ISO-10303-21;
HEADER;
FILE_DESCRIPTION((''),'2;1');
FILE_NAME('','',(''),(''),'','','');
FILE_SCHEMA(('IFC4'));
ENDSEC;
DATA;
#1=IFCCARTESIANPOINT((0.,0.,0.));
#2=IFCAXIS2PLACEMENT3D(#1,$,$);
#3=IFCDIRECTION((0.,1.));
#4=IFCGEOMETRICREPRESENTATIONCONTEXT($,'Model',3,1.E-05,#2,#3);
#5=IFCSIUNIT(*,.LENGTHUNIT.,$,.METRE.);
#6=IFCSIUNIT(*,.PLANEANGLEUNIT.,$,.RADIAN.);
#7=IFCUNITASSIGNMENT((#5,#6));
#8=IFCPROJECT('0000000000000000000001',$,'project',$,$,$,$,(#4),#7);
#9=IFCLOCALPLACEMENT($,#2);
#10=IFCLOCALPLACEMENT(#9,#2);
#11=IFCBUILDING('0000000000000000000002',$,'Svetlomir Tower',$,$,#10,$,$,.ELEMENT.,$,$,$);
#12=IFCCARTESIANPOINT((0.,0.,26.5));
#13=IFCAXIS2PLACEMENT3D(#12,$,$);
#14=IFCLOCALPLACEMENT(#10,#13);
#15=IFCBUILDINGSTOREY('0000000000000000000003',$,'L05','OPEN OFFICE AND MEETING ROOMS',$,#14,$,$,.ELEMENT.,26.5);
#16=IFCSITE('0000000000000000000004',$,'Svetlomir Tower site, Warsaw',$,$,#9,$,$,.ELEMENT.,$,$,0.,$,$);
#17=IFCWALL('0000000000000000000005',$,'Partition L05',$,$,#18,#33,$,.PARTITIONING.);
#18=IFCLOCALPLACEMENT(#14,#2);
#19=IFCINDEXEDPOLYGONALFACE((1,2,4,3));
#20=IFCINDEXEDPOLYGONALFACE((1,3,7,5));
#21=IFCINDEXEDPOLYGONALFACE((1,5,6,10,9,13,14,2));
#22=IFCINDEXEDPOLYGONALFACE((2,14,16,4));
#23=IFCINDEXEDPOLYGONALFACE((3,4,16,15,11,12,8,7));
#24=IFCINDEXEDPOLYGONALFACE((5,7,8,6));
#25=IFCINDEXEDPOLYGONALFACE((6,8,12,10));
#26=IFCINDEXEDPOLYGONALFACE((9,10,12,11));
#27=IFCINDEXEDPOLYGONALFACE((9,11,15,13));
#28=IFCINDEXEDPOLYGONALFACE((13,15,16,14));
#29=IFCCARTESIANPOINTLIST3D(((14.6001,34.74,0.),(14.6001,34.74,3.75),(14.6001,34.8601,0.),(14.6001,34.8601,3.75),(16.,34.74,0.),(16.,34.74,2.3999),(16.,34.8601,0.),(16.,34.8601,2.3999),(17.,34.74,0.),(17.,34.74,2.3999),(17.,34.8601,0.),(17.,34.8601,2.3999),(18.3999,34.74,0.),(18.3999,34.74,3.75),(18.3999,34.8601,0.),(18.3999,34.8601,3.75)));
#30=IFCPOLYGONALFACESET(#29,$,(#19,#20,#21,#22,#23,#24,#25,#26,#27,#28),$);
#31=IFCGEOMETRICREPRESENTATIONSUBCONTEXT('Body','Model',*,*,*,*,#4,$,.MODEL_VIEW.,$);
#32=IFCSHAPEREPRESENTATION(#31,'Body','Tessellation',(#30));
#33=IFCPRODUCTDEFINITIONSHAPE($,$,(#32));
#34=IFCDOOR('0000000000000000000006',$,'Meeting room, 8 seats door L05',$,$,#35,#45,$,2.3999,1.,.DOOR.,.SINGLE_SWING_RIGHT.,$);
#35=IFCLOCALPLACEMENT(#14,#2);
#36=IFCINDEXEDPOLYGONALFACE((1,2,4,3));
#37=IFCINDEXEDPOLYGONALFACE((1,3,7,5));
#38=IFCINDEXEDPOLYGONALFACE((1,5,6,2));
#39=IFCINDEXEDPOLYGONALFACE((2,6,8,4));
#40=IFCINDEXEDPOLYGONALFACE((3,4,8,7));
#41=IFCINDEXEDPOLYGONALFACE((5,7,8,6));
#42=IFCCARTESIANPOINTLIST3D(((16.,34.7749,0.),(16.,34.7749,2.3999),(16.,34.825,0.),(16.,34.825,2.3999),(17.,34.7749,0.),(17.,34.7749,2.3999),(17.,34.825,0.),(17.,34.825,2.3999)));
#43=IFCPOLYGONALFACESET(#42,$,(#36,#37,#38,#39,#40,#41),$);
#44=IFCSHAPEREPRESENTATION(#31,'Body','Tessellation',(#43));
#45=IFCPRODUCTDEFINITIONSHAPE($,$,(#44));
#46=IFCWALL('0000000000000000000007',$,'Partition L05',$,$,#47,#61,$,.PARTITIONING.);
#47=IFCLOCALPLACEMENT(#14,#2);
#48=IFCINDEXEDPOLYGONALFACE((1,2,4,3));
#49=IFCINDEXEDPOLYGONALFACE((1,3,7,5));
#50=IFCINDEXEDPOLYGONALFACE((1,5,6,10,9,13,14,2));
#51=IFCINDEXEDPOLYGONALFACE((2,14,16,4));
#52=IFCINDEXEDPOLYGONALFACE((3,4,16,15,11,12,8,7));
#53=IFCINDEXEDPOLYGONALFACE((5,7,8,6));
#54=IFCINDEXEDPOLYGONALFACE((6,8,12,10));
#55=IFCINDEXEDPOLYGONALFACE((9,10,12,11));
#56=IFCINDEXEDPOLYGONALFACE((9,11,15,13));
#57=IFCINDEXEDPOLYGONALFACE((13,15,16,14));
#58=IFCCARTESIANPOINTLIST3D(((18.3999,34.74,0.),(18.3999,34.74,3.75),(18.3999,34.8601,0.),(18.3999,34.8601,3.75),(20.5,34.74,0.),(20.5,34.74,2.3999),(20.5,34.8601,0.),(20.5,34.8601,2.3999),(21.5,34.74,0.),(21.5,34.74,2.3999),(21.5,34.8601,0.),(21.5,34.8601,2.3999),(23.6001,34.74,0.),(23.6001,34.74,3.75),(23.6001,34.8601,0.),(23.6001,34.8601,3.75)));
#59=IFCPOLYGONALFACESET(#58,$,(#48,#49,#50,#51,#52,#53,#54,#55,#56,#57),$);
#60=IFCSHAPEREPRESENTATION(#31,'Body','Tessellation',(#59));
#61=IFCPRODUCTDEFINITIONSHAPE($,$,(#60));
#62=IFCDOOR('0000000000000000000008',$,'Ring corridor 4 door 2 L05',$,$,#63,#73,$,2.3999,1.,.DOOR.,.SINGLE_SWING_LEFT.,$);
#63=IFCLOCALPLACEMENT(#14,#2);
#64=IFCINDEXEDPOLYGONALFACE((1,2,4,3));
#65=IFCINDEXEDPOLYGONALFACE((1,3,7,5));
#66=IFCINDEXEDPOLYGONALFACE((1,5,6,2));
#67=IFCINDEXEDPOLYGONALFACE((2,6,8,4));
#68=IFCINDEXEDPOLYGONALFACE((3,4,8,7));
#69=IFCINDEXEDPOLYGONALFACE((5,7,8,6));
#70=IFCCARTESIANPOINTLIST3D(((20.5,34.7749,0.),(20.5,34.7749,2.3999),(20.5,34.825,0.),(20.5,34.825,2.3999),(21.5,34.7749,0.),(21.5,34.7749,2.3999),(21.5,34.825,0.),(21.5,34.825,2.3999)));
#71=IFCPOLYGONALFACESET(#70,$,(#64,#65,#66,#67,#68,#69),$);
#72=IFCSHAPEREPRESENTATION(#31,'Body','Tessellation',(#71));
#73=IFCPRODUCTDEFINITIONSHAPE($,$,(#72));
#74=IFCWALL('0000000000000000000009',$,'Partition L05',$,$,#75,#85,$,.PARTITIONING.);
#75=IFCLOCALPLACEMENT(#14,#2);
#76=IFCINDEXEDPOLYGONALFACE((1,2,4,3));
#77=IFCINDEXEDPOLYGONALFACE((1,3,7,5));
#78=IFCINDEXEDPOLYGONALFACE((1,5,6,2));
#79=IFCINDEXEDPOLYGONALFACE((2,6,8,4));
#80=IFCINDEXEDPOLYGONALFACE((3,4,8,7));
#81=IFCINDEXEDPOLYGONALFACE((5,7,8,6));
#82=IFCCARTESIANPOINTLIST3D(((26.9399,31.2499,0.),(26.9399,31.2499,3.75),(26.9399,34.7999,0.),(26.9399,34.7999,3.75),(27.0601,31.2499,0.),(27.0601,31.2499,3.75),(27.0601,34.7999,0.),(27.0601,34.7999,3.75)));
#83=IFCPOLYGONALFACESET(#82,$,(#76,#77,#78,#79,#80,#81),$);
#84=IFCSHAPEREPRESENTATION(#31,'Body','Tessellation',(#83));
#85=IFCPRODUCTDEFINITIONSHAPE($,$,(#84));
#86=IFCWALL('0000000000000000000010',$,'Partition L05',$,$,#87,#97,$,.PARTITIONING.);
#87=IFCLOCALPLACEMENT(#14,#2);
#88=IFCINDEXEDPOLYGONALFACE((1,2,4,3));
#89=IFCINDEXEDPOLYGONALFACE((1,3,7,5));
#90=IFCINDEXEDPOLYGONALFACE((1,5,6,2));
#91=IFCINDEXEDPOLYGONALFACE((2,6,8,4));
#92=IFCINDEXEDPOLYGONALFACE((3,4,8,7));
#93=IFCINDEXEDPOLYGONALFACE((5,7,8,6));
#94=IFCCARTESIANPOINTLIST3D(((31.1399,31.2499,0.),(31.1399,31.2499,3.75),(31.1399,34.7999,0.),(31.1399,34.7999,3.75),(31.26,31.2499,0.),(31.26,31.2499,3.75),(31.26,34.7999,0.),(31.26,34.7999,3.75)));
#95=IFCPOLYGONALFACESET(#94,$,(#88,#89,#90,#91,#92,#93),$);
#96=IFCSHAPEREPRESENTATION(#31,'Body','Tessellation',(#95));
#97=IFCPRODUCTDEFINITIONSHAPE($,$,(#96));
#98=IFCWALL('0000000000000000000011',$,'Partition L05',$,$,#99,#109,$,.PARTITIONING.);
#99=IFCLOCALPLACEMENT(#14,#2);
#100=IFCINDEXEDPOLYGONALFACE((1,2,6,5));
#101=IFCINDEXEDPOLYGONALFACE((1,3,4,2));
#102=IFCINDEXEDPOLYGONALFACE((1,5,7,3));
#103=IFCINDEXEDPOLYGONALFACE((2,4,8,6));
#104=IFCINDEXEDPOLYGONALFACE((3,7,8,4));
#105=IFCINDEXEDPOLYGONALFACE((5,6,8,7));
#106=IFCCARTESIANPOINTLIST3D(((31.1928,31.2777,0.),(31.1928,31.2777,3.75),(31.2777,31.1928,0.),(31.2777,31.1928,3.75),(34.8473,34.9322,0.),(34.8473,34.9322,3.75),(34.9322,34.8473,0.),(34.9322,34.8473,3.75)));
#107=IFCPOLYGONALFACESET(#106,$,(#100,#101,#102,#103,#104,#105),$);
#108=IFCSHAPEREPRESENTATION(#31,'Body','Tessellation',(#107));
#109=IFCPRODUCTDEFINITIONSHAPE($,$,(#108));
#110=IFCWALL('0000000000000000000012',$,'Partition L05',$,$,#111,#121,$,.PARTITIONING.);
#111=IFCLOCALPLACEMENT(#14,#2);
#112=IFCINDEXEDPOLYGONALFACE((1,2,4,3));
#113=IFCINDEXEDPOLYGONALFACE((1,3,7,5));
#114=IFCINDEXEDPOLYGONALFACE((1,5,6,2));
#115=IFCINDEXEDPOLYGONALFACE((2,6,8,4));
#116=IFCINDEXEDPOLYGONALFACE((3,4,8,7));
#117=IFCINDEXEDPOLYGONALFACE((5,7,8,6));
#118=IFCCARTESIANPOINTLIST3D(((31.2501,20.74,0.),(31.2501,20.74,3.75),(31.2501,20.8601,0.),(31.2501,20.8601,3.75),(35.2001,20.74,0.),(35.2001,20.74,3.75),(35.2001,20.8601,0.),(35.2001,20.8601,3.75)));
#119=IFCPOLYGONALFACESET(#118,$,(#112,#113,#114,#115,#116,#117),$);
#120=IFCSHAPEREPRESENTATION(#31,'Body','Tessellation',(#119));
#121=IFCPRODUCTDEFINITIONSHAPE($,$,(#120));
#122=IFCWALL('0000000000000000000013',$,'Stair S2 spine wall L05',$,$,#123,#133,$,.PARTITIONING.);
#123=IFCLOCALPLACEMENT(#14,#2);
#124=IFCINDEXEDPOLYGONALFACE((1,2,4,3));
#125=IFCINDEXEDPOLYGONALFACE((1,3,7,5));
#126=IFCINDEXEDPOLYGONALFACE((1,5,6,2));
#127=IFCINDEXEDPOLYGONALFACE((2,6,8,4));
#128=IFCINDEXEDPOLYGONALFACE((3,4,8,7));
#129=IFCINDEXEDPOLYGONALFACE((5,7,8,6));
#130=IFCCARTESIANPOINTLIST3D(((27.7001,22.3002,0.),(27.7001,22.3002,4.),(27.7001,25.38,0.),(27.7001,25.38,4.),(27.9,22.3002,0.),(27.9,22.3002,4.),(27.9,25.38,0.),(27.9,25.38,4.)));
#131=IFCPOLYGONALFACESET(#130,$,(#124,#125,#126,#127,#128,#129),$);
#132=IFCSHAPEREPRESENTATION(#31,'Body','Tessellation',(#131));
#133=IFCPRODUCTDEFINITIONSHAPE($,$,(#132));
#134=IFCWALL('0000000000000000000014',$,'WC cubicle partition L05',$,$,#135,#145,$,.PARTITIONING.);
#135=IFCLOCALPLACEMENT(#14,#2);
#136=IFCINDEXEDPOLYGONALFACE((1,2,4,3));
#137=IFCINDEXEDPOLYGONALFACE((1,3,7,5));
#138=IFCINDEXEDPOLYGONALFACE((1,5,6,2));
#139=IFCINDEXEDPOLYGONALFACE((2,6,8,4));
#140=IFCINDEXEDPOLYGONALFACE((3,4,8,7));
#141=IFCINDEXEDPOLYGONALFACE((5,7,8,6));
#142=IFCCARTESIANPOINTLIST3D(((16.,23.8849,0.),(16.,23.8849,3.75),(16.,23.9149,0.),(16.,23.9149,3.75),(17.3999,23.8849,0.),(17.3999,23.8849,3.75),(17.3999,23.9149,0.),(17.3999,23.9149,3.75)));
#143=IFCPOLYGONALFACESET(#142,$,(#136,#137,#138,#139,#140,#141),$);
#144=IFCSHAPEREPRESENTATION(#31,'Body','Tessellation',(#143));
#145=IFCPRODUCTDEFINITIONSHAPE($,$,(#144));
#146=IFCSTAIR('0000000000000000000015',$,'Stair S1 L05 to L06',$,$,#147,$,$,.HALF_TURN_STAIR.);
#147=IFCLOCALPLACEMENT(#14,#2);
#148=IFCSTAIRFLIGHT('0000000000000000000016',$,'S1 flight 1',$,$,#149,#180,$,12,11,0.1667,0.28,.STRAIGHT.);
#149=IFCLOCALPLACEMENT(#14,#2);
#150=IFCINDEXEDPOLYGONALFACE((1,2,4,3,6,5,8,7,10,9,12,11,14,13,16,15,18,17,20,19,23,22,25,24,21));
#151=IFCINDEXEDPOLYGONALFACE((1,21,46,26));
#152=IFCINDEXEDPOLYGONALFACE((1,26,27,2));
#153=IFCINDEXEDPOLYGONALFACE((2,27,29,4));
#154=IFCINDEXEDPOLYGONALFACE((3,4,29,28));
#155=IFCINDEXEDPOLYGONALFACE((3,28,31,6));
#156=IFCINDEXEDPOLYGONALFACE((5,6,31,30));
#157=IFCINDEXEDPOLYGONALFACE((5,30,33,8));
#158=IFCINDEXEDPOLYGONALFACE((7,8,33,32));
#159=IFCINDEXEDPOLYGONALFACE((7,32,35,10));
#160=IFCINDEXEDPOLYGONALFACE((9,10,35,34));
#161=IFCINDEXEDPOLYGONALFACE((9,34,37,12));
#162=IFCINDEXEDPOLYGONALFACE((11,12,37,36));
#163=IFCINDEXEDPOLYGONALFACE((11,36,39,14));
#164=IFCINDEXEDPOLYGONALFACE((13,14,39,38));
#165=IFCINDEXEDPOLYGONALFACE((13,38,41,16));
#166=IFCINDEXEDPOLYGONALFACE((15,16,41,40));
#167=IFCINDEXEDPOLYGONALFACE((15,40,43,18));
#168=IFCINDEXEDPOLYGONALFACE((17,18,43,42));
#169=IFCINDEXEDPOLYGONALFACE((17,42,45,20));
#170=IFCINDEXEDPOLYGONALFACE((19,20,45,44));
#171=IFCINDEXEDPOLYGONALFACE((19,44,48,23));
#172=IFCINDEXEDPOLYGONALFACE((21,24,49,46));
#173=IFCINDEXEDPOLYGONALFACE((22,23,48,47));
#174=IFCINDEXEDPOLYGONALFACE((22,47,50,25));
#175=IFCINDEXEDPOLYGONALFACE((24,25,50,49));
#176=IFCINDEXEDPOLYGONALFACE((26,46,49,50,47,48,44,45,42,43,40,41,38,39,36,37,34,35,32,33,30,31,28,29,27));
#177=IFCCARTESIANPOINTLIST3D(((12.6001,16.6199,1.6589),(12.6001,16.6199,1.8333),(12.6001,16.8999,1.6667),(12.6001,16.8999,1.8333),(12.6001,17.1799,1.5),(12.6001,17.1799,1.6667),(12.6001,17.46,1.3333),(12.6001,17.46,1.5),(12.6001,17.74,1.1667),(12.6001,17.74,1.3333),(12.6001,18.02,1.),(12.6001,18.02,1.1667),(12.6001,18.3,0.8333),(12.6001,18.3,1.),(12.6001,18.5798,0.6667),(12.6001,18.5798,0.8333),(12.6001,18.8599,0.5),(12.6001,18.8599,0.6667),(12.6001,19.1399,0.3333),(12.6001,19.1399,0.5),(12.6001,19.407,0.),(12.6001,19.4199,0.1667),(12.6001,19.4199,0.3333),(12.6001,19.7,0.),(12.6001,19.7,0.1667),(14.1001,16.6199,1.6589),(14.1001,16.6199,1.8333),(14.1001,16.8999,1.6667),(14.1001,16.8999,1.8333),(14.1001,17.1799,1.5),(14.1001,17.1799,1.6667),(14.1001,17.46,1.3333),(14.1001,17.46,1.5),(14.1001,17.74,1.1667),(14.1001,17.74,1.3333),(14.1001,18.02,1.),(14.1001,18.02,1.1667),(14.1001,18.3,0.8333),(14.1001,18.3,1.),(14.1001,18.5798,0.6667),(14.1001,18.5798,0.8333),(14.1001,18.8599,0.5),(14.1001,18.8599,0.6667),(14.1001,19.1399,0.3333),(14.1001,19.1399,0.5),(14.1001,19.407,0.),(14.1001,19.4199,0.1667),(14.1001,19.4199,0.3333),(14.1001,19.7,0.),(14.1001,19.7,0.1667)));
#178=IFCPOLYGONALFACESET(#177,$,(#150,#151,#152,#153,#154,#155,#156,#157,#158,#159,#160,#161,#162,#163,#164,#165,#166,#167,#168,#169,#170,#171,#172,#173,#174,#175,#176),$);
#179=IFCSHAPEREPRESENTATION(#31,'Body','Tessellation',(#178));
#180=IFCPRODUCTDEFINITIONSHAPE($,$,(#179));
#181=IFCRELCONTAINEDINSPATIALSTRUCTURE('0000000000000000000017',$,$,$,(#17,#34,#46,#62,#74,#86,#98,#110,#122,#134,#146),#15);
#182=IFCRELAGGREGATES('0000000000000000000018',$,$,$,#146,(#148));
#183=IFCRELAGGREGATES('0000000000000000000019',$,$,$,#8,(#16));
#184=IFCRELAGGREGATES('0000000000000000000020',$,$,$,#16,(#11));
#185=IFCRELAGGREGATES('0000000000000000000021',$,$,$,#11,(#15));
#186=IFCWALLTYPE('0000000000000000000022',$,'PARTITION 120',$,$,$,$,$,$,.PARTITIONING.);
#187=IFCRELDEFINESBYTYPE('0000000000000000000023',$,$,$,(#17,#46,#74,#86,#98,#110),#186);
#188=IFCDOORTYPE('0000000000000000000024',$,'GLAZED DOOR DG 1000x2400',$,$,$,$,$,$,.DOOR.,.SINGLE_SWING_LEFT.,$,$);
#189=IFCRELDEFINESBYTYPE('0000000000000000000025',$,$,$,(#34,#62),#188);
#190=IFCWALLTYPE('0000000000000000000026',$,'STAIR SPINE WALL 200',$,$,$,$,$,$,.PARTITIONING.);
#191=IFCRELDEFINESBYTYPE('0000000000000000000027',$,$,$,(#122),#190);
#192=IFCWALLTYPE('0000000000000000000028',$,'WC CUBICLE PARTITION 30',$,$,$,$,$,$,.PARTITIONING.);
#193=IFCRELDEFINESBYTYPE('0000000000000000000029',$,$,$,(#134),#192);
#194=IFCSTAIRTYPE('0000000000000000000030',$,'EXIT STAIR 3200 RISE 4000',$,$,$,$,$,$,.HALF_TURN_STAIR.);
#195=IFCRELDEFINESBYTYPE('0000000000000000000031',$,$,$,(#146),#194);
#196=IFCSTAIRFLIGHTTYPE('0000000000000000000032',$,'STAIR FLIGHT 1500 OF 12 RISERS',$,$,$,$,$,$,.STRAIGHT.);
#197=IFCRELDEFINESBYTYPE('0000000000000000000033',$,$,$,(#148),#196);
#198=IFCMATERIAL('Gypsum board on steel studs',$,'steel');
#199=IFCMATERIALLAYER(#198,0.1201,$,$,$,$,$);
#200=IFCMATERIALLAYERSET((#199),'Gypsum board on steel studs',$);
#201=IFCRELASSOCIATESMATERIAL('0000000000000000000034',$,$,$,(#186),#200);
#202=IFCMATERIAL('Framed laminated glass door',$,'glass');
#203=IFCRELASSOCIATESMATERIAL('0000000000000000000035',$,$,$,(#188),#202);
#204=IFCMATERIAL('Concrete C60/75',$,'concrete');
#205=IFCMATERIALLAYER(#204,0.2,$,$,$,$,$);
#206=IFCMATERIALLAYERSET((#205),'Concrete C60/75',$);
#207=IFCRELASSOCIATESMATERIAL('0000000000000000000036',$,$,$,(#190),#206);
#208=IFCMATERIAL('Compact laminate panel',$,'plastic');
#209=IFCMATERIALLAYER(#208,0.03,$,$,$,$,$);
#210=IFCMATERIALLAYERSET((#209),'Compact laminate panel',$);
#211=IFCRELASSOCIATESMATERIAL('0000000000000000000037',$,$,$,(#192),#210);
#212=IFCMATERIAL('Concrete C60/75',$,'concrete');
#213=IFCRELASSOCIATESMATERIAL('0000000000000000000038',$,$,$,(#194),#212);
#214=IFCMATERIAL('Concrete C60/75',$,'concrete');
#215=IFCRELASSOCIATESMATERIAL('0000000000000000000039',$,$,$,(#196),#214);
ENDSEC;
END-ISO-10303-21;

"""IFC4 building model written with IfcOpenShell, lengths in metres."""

from ifc_helpers import new_model, si_unit, direction, frame, frame_2d, origin, place, context, subcontext, project, spatial, polyline, rectangle, outline, extrude, material, layer, layer_set, type_object, element, fill, aggregate, save


model = new_model("IFC4")

# Units and contexts
model_context = context("Model", 3, precision=1e-05, world=origin(), true_north=direction((0.0, 1.0)))
body_context = subcontext(model_context, "Body", "Model", "MODEL_VIEW")
ifc_project = project(units=[si_unit("LENGTHUNIT", "METRE"), si_unit("PLANEANGLEUNIT", "RADIAN")], contexts=[model_context])

# Site, building, storey
site_placement = place(None, origin())
site = spatial("IfcSite", under=ifc_project, at=site_placement, Name="Svetlomir Tower site, Warsaw", CompositionType="ELEMENT", RefElevation=0.0)
building_placement = place(site_placement, origin())
building = spatial("IfcBuilding", under=site, at=building_placement, Name="Svetlomir Tower", CompositionType="ELEMENT")
storey_placement = place(building_placement, frame((0.0, 0.0, 26.5)))
storey = spatial("IfcBuildingStorey", under=building, at=storey_placement, Name="L05", Description="OPEN OFFICE AND MEETING ROOMS", CompositionType="ELEMENT", Elevation=26.5)

# Shared definitions
ifc_material_1 = material(Name="Gypsum board on steel studs", Category="steel")
ifc_layer_1 = layer(ifc_material_1, 0.1201)
ifc_layer_set_1 = layer_set([ifc_layer_1], Name="Gypsum board on steel studs")
wall_type_1 = type_object("IfcWallType", Name="PARTITION 120", PredefinedType="PARTITIONING", material=ifc_layer_set_1)

# Walls, openings, doors
wall_1_placement = place(storey_placement, frame((14.6001, 34.8, 0.0), z_axis=(0.0, 0.0, 1.0), x_axis=(1.0, 0.0, 0.0)))
wall_1 = element("IfcWall", 1, at=wall_1_placement, inside=storey, type_object=wall_type_1, Name="Partition L05", PredefinedType="PARTITIONING", context=body_context, shape_type="SweptSolid", body=[
    extrude(rectangle(XDim=3.7998, YDim=0.1201, at=frame_2d((1.8999, 0.0))), origin(), (0.0, 0.0, 1.0), 3.75),
])
opening_1_placement = place(wall_1_placement, frame((1.3999, 0.0, 0.0)))
opening_1 = element("IfcOpeningElement", 2, at=opening_1_placement, cuts=wall_1, PredefinedType="OPENING", context=body_context, shape_type="SweptSolid", body=[
    extrude(rectangle(XDim=1.0, YDim=2.3999, at=frame_2d((0.5, 1.2))), frame((0.0, 0.0701, 0.0), z_axis=(0.0, -1.0, 0.0), x_axis=(1.0, 0.0, 0.0)), (0.0, 0.0, 1.0), 0.1401),
])
ifc_material_2 = material(Name="Framed laminated glass door", Category="glass")
door_type_1 = type_object("IfcDoorType", Name="GLAZED DOOR DG 1000x2400", OperationType="SINGLE_SWING_LEFT", PredefinedType="DOOR", material=ifc_material_2)
door_1_placement = place(opening_1_placement, origin())
door_1 = element("IfcDoor", 3, at=door_1_placement, inside=storey, type_object=door_type_1, Name="Meeting room, 8 seats door L05", OperationType="SINGLE_SWING_RIGHT", OverallHeight=2.3999, OverallWidth=1.0, PredefinedType="DOOR", context=body_context, shape_type="SweptSolid", body=[
    extrude(rectangle(XDim=1.0, YDim=2.3999, at=frame_2d((0.5, 1.2))), frame((0.0, 0.0249, 0.0), z_axis=(0.0, -1.0, 0.0), x_axis=(1.0, 0.0, 0.0)), (0.0, 0.0, 1.0), 0.05),
])
fill(opening_1, door_1)
wall_2_placement = place(storey_placement, frame((18.3999, 34.8, 0.0), z_axis=(0.0, 0.0, 1.0), x_axis=(1.0, 0.0, 0.0)))
wall_2 = element("IfcWall", 4, at=wall_2_placement, inside=storey, type_object=wall_type_1, Name="Partition L05", PredefinedType="PARTITIONING", context=body_context, shape_type="SweptSolid", body=[
    extrude(rectangle(XDim=5.2002, YDim=0.1201, at=frame_2d((2.6001, 0.0))), origin(), (0.0, 0.0, 1.0), 3.75),
])
opening_2_placement = place(wall_2_placement, frame((2.1001, 0.0, 0.0)))
opening_2 = element("IfcOpeningElement", 5, at=opening_2_placement, cuts=wall_2, PredefinedType="OPENING", context=body_context, shape_type="SweptSolid", body=[
    extrude(rectangle(XDim=1.0, YDim=2.3999, at=frame_2d((0.5, 1.2))), frame((0.0, 0.0701, 0.0), z_axis=(0.0, -1.0, 0.0), x_axis=(1.0, 0.0, 0.0)), (0.0, 0.0, 1.0), 0.1401),
])
door_2_placement = place(opening_2_placement, origin())
door_2 = element("IfcDoor", 6, at=door_2_placement, inside=storey, type_object=door_type_1, Name="Ring corridor 4 door 2 L05", OperationType="SINGLE_SWING_LEFT", OverallHeight=2.3999, OverallWidth=1.0, PredefinedType="DOOR", context=body_context, shape_type="SweptSolid", body=[
    extrude(rectangle(XDim=1.0, YDim=2.3999, at=frame_2d((0.5, 1.2))), frame((0.0, 0.0249, 0.0), z_axis=(0.0, -1.0, 0.0), x_axis=(1.0, 0.0, 0.0)), (0.0, 0.0, 1.0), 0.05),
])
fill(opening_2, door_2)

# Walls
for number, where, z_axis, x_axis, name in (
    (7, (27.0, 31.25, 0.0), (0.0, 0.0, 1.0), (0.0, 1.0, 0.0), "Partition L05"),
    (8, (31.2, 31.25, 0.0), (0.0, 0.0, 1.0), (0.0, 1.0, 0.0), "Partition L05"),
):
    element("IfcWall", number, at=place(storey_placement, frame(where, z_axis=z_axis, x_axis=x_axis)), inside=storey, type_object=wall_type_1, Name=name, PredefinedType="PARTITIONING", context=body_context, shape_type="SweptSolid", body=[
        extrude(rectangle(XDim=3.55, YDim=0.1201, at=frame_2d((1.7749, 0.0))), origin(), (0.0, 0.0, 1.0), 3.75),
    ])
wall_3_placement = place(storey_placement, frame((31.2354, 31.2354, 0.0), z_axis=(0.0, 0.0, 1.0), x_axis=(0.707107, 0.707107, 0.0)))
element("IfcWall", 9, at=wall_3_placement, inside=storey, type_object=wall_type_1, Name="Partition L05", PredefinedType="PARTITIONING", context=body_context, shape_type="SweptSolid", body=[
    extrude(rectangle(XDim=5.1682, YDim=0.1201, at=frame_2d((2.584, 0.0))), origin(), (0.0, 0.0, 1.0), 3.75),
])
wall_4_placement = place(storey_placement, frame((31.25, 20.8, 0.0), z_axis=(0.0, 0.0, 1.0), x_axis=(1.0, 0.0, 0.0)))
element("IfcWall", 10, at=wall_4_placement, inside=storey, type_object=wall_type_1, Name="Partition L05", PredefinedType="PARTITIONING", context=body_context, shape_type="SweptSolid", body=[
    extrude(rectangle(XDim=3.95, YDim=0.1201, at=frame_2d((1.9751, 0.0))), origin(), (0.0, 0.0, 1.0), 3.75),
])
ifc_material_3 = material(Name="Concrete C60/75", Category="concrete")
ifc_layer_2 = layer(ifc_material_3, 0.2)
ifc_layer_set_2 = layer_set([ifc_layer_2], Name="Concrete C60/75")
wall_type_2 = type_object("IfcWallType", Name="STAIR SPINE WALL 200", PredefinedType="PARTITIONING", material=ifc_layer_set_2)
wall_5_placement = place(storey_placement, frame((27.8, 22.3, 0.0), z_axis=(0.0, 0.0, 1.0), x_axis=(0.0, 1.0, 0.0)))
element("IfcWall", 11, at=wall_5_placement, inside=storey, type_object=wall_type_2, Name="Stair S2 spine wall L05", PredefinedType="PARTITIONING", context=body_context, shape_type="SweptSolid", body=[
    extrude(rectangle(XDim=3.0798, YDim=0.2, at=frame_2d((1.54, 0.0))), origin(), (0.0, 0.0, 1.0), 4.0),
])
ifc_material_4 = material(Name="Compact laminate panel", Category="plastic")
ifc_layer_3 = layer(ifc_material_4, 0.03)
ifc_layer_set_3 = layer_set([ifc_layer_3], Name="Compact laminate panel")
wall_type_3 = type_object("IfcWallType", Name="WC CUBICLE PARTITION 30", PredefinedType="PARTITIONING", material=ifc_layer_set_3)
wall_6_placement = place(storey_placement, frame((16.0, 23.8999, 0.0), z_axis=(0.0, 0.0, 1.0), x_axis=(1.0, 0.0, 0.0)))
element("IfcWall", 12, at=wall_6_placement, inside=storey, type_object=wall_type_3, Name="WC cubicle partition L05", PredefinedType="PARTITIONING", context=body_context, shape_type="SweptSolid", body=[
    extrude(rectangle(XDim=1.3999, YDim=0.03, at=frame_2d((0.7, 0.0))), origin(), (0.0, 0.0, 1.0), 3.75),
])

# Stair, stair flight
ifc_material_5 = material(Name="Concrete C60/75", Category="concrete")
stair_type = type_object("IfcStairType", Name="EXIT STAIR 3200 RISE 4000", PredefinedType="HALF_TURN_STAIR", material=ifc_material_5)
stair_1_placement = place(storey_placement, origin())
stair_1 = element("IfcStair", 13, at=stair_1_placement, inside=storey, type_object=stair_type, Name="Stair S1 L05 to L06", PredefinedType="HALF_TURN_STAIR")
ifc_material_6 = material(Name="Concrete C60/75", Category="concrete")
stair_flight_type = type_object("IfcStairFlightType", Name="STAIR FLIGHT 1500 OF 12 RISERS", PredefinedType="STRAIGHT", material=ifc_material_6)
stair_flight_1_placement = place(storey_placement, frame((13.3501, 19.7, 0.0), z_axis=(0.0, 0.0, 1.0), x_axis=(0.0, -1.0, 0.0)))
stair_flight_1 = element("IfcStairFlight", 14, at=stair_flight_1_placement, type_object=stair_flight_type, Name="S1 flight 1", NumberOfRisers=12, NumberOfTreads=11, PredefinedType="STRAIGHT", RiserHeight=0.1667, TreadLength=0.28, context=body_context, shape_type="SweptSolid", body=[
    extrude(outline(polyline([(0.0, 0.0), (0.0, 0.1667), (0.28, 0.1667), (0.28, 0.3333), (0.5601, 0.3333), (0.5601, 0.5), (0.8401, 0.5), (0.8401, 0.6667), (1.1201, 0.6667), (1.1201, 0.8333), (1.3999, 0.8333), (1.3999, 1.0), (1.6799, 1.0), (1.6799, 1.1667), (1.96, 1.1667), (1.96, 1.3333), (2.24, 1.3333), (2.24, 1.5), (2.52, 1.5), (2.52, 1.6667), (2.8, 1.6667), (2.8, 1.8333), (3.0801, 1.8333), (3.0801, 2.0), (3.0801, 1.6589), (0.293, 0.0), (0.0, 0.0)])), frame((0.0, 0.75, 0.0), z_axis=(0.0, -1.0, 0.0), x_axis=(1.0, 0.0, 0.0)), (0.0, 0.0, 1.0), 1.5),
])
aggregate(stair_1, [stair_flight_1])

save(model, "model.ifc")
